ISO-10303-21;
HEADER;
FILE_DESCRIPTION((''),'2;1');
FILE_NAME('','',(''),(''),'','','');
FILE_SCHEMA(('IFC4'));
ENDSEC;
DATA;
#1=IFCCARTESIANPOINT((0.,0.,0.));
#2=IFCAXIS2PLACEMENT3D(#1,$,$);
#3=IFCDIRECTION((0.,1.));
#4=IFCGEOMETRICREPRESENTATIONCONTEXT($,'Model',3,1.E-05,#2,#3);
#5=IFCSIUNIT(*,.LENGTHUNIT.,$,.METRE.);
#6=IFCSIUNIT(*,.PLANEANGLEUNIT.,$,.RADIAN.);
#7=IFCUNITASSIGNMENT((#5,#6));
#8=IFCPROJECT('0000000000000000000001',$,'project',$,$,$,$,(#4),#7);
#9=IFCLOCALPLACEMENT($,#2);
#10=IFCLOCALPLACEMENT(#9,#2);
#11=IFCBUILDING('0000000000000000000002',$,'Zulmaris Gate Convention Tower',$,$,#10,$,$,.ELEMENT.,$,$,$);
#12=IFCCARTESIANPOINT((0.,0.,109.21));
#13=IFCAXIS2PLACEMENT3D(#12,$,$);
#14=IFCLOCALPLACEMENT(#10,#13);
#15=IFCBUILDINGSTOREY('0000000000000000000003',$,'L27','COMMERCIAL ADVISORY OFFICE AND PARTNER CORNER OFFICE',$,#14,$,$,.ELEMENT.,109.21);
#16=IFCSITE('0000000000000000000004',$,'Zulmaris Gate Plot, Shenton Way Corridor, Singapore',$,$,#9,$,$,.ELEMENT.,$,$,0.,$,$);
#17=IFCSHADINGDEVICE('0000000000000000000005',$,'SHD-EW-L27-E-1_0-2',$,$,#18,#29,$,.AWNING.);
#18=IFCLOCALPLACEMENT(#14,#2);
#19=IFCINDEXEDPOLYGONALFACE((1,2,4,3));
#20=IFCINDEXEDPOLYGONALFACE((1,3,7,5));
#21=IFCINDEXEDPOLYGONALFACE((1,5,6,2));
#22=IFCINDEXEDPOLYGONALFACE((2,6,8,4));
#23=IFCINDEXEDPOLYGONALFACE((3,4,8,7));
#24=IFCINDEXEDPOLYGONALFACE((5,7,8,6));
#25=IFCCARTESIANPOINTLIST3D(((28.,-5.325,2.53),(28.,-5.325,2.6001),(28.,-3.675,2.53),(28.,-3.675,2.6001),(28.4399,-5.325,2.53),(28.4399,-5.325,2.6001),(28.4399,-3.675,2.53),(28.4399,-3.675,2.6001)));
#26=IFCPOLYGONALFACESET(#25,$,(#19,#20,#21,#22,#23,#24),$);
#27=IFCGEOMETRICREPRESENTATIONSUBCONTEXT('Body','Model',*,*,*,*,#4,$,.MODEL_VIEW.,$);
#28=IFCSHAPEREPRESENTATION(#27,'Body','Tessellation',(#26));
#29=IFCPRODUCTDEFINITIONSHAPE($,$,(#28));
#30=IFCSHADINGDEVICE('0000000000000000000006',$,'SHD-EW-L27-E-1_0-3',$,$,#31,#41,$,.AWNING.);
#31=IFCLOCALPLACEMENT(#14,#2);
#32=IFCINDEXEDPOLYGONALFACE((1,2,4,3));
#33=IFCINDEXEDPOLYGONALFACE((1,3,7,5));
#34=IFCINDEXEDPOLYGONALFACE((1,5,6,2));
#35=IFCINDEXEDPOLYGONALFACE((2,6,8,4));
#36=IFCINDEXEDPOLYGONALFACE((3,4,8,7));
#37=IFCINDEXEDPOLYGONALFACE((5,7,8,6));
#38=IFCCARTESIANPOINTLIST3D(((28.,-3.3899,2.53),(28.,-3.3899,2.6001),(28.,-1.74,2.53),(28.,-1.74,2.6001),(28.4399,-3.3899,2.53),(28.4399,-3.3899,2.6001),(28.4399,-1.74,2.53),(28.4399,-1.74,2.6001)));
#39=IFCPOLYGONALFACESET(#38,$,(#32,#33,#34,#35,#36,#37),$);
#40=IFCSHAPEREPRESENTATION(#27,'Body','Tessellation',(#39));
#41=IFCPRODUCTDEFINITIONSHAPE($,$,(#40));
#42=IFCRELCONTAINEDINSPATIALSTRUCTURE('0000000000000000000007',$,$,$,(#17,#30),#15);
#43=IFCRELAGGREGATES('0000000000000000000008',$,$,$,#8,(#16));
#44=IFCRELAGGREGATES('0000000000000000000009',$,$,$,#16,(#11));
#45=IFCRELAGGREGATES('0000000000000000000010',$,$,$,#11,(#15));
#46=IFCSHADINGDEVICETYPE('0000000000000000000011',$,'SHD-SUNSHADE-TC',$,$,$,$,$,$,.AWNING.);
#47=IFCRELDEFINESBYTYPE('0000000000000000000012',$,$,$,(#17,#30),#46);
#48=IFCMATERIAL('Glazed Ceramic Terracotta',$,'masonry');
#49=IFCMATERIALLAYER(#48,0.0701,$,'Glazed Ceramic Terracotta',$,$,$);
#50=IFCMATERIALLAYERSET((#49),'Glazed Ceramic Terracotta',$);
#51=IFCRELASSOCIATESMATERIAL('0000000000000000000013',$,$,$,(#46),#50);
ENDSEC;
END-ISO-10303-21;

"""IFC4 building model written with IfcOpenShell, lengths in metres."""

from ifc_helpers import new_model, si_unit, direction, frame, frame_2d, origin, place, context, subcontext, project, spatial, rectangle, extrude, material, layer, layer_set, type_object, element, save


model = new_model("IFC4")

# Units and contexts
model_context = context("Model", 3, precision=1e-05, world=origin(), true_north=direction((0.0, 1.0)))
body_context = subcontext(model_context, "Body", "Model", "MODEL_VIEW")
ifc_project = project(units=[si_unit("LENGTHUNIT", "METRE"), si_unit("PLANEANGLEUNIT", "RADIAN")], contexts=[model_context])

# Site, building, storey
site_placement = place(None, origin())
site = spatial("IfcSite", under=ifc_project, at=site_placement, Name="Zulmaris Gate Plot, Shenton Way Corridor, Singapore", CompositionType="ELEMENT", RefElevation=0.0)
building_placement = place(site_placement, origin())
building = spatial("IfcBuilding", under=site, at=building_placement, Name="Zulmaris Gate Convention Tower", CompositionType="ELEMENT")
storey_placement = place(building_placement, frame((0.0, 0.0, 109.21)))
storey = spatial("IfcBuildingStorey", under=building, at=storey_placement, Name="L27", Description="COMMERCIAL ADVISORY OFFICE AND PARTNER CORNER OFFICE", CompositionType="ELEMENT", Elevation=109.21)

# Shading devices
ifc_material_1 = material(Name="Glazed Ceramic Terracotta", Category="masonry")
ifc_layer_1 = layer(ifc_material_1, 0.0701, Name="Glazed Ceramic Terracotta")
ifc_layer_set_1 = layer_set([ifc_layer_1], Name="Glazed Ceramic Terracotta")
shading_device_type = type_object("IfcShadingDeviceType", Name="SHD-SUNSHADE-TC", PredefinedType="AWNING", material=ifc_layer_set_1)
for number, where, z_axis, x_axis, name in (
    (1, (28.22, -5.325, 2.53), (0.0, 0.0, 1.0), (0.0, 1.0, 0.0), "SHD-EW-L27-E-1_0-2"),
    (2, (28.22, -3.3899, 2.53), (0.0, 0.0, 1.0), (0.0, 1.0, 0.0), "SHD-EW-L27-E-1_0-3"),
):
    element("IfcShadingDevice", number, at=place(storey_placement, frame(where, z_axis=z_axis, x_axis=x_axis)), inside=storey, type_object=shading_device_type, Name=name, PredefinedType="AWNING", context=body_context, shape_type="SweptSolid", body=[
        extrude(rectangle(XDim=1.6499, YDim=0.4399, at=frame_2d((0.825, 0.0))), origin(), (0.0, 0.0, 1.0), 0.0701),
    ])

save(model, "model.ifc")
